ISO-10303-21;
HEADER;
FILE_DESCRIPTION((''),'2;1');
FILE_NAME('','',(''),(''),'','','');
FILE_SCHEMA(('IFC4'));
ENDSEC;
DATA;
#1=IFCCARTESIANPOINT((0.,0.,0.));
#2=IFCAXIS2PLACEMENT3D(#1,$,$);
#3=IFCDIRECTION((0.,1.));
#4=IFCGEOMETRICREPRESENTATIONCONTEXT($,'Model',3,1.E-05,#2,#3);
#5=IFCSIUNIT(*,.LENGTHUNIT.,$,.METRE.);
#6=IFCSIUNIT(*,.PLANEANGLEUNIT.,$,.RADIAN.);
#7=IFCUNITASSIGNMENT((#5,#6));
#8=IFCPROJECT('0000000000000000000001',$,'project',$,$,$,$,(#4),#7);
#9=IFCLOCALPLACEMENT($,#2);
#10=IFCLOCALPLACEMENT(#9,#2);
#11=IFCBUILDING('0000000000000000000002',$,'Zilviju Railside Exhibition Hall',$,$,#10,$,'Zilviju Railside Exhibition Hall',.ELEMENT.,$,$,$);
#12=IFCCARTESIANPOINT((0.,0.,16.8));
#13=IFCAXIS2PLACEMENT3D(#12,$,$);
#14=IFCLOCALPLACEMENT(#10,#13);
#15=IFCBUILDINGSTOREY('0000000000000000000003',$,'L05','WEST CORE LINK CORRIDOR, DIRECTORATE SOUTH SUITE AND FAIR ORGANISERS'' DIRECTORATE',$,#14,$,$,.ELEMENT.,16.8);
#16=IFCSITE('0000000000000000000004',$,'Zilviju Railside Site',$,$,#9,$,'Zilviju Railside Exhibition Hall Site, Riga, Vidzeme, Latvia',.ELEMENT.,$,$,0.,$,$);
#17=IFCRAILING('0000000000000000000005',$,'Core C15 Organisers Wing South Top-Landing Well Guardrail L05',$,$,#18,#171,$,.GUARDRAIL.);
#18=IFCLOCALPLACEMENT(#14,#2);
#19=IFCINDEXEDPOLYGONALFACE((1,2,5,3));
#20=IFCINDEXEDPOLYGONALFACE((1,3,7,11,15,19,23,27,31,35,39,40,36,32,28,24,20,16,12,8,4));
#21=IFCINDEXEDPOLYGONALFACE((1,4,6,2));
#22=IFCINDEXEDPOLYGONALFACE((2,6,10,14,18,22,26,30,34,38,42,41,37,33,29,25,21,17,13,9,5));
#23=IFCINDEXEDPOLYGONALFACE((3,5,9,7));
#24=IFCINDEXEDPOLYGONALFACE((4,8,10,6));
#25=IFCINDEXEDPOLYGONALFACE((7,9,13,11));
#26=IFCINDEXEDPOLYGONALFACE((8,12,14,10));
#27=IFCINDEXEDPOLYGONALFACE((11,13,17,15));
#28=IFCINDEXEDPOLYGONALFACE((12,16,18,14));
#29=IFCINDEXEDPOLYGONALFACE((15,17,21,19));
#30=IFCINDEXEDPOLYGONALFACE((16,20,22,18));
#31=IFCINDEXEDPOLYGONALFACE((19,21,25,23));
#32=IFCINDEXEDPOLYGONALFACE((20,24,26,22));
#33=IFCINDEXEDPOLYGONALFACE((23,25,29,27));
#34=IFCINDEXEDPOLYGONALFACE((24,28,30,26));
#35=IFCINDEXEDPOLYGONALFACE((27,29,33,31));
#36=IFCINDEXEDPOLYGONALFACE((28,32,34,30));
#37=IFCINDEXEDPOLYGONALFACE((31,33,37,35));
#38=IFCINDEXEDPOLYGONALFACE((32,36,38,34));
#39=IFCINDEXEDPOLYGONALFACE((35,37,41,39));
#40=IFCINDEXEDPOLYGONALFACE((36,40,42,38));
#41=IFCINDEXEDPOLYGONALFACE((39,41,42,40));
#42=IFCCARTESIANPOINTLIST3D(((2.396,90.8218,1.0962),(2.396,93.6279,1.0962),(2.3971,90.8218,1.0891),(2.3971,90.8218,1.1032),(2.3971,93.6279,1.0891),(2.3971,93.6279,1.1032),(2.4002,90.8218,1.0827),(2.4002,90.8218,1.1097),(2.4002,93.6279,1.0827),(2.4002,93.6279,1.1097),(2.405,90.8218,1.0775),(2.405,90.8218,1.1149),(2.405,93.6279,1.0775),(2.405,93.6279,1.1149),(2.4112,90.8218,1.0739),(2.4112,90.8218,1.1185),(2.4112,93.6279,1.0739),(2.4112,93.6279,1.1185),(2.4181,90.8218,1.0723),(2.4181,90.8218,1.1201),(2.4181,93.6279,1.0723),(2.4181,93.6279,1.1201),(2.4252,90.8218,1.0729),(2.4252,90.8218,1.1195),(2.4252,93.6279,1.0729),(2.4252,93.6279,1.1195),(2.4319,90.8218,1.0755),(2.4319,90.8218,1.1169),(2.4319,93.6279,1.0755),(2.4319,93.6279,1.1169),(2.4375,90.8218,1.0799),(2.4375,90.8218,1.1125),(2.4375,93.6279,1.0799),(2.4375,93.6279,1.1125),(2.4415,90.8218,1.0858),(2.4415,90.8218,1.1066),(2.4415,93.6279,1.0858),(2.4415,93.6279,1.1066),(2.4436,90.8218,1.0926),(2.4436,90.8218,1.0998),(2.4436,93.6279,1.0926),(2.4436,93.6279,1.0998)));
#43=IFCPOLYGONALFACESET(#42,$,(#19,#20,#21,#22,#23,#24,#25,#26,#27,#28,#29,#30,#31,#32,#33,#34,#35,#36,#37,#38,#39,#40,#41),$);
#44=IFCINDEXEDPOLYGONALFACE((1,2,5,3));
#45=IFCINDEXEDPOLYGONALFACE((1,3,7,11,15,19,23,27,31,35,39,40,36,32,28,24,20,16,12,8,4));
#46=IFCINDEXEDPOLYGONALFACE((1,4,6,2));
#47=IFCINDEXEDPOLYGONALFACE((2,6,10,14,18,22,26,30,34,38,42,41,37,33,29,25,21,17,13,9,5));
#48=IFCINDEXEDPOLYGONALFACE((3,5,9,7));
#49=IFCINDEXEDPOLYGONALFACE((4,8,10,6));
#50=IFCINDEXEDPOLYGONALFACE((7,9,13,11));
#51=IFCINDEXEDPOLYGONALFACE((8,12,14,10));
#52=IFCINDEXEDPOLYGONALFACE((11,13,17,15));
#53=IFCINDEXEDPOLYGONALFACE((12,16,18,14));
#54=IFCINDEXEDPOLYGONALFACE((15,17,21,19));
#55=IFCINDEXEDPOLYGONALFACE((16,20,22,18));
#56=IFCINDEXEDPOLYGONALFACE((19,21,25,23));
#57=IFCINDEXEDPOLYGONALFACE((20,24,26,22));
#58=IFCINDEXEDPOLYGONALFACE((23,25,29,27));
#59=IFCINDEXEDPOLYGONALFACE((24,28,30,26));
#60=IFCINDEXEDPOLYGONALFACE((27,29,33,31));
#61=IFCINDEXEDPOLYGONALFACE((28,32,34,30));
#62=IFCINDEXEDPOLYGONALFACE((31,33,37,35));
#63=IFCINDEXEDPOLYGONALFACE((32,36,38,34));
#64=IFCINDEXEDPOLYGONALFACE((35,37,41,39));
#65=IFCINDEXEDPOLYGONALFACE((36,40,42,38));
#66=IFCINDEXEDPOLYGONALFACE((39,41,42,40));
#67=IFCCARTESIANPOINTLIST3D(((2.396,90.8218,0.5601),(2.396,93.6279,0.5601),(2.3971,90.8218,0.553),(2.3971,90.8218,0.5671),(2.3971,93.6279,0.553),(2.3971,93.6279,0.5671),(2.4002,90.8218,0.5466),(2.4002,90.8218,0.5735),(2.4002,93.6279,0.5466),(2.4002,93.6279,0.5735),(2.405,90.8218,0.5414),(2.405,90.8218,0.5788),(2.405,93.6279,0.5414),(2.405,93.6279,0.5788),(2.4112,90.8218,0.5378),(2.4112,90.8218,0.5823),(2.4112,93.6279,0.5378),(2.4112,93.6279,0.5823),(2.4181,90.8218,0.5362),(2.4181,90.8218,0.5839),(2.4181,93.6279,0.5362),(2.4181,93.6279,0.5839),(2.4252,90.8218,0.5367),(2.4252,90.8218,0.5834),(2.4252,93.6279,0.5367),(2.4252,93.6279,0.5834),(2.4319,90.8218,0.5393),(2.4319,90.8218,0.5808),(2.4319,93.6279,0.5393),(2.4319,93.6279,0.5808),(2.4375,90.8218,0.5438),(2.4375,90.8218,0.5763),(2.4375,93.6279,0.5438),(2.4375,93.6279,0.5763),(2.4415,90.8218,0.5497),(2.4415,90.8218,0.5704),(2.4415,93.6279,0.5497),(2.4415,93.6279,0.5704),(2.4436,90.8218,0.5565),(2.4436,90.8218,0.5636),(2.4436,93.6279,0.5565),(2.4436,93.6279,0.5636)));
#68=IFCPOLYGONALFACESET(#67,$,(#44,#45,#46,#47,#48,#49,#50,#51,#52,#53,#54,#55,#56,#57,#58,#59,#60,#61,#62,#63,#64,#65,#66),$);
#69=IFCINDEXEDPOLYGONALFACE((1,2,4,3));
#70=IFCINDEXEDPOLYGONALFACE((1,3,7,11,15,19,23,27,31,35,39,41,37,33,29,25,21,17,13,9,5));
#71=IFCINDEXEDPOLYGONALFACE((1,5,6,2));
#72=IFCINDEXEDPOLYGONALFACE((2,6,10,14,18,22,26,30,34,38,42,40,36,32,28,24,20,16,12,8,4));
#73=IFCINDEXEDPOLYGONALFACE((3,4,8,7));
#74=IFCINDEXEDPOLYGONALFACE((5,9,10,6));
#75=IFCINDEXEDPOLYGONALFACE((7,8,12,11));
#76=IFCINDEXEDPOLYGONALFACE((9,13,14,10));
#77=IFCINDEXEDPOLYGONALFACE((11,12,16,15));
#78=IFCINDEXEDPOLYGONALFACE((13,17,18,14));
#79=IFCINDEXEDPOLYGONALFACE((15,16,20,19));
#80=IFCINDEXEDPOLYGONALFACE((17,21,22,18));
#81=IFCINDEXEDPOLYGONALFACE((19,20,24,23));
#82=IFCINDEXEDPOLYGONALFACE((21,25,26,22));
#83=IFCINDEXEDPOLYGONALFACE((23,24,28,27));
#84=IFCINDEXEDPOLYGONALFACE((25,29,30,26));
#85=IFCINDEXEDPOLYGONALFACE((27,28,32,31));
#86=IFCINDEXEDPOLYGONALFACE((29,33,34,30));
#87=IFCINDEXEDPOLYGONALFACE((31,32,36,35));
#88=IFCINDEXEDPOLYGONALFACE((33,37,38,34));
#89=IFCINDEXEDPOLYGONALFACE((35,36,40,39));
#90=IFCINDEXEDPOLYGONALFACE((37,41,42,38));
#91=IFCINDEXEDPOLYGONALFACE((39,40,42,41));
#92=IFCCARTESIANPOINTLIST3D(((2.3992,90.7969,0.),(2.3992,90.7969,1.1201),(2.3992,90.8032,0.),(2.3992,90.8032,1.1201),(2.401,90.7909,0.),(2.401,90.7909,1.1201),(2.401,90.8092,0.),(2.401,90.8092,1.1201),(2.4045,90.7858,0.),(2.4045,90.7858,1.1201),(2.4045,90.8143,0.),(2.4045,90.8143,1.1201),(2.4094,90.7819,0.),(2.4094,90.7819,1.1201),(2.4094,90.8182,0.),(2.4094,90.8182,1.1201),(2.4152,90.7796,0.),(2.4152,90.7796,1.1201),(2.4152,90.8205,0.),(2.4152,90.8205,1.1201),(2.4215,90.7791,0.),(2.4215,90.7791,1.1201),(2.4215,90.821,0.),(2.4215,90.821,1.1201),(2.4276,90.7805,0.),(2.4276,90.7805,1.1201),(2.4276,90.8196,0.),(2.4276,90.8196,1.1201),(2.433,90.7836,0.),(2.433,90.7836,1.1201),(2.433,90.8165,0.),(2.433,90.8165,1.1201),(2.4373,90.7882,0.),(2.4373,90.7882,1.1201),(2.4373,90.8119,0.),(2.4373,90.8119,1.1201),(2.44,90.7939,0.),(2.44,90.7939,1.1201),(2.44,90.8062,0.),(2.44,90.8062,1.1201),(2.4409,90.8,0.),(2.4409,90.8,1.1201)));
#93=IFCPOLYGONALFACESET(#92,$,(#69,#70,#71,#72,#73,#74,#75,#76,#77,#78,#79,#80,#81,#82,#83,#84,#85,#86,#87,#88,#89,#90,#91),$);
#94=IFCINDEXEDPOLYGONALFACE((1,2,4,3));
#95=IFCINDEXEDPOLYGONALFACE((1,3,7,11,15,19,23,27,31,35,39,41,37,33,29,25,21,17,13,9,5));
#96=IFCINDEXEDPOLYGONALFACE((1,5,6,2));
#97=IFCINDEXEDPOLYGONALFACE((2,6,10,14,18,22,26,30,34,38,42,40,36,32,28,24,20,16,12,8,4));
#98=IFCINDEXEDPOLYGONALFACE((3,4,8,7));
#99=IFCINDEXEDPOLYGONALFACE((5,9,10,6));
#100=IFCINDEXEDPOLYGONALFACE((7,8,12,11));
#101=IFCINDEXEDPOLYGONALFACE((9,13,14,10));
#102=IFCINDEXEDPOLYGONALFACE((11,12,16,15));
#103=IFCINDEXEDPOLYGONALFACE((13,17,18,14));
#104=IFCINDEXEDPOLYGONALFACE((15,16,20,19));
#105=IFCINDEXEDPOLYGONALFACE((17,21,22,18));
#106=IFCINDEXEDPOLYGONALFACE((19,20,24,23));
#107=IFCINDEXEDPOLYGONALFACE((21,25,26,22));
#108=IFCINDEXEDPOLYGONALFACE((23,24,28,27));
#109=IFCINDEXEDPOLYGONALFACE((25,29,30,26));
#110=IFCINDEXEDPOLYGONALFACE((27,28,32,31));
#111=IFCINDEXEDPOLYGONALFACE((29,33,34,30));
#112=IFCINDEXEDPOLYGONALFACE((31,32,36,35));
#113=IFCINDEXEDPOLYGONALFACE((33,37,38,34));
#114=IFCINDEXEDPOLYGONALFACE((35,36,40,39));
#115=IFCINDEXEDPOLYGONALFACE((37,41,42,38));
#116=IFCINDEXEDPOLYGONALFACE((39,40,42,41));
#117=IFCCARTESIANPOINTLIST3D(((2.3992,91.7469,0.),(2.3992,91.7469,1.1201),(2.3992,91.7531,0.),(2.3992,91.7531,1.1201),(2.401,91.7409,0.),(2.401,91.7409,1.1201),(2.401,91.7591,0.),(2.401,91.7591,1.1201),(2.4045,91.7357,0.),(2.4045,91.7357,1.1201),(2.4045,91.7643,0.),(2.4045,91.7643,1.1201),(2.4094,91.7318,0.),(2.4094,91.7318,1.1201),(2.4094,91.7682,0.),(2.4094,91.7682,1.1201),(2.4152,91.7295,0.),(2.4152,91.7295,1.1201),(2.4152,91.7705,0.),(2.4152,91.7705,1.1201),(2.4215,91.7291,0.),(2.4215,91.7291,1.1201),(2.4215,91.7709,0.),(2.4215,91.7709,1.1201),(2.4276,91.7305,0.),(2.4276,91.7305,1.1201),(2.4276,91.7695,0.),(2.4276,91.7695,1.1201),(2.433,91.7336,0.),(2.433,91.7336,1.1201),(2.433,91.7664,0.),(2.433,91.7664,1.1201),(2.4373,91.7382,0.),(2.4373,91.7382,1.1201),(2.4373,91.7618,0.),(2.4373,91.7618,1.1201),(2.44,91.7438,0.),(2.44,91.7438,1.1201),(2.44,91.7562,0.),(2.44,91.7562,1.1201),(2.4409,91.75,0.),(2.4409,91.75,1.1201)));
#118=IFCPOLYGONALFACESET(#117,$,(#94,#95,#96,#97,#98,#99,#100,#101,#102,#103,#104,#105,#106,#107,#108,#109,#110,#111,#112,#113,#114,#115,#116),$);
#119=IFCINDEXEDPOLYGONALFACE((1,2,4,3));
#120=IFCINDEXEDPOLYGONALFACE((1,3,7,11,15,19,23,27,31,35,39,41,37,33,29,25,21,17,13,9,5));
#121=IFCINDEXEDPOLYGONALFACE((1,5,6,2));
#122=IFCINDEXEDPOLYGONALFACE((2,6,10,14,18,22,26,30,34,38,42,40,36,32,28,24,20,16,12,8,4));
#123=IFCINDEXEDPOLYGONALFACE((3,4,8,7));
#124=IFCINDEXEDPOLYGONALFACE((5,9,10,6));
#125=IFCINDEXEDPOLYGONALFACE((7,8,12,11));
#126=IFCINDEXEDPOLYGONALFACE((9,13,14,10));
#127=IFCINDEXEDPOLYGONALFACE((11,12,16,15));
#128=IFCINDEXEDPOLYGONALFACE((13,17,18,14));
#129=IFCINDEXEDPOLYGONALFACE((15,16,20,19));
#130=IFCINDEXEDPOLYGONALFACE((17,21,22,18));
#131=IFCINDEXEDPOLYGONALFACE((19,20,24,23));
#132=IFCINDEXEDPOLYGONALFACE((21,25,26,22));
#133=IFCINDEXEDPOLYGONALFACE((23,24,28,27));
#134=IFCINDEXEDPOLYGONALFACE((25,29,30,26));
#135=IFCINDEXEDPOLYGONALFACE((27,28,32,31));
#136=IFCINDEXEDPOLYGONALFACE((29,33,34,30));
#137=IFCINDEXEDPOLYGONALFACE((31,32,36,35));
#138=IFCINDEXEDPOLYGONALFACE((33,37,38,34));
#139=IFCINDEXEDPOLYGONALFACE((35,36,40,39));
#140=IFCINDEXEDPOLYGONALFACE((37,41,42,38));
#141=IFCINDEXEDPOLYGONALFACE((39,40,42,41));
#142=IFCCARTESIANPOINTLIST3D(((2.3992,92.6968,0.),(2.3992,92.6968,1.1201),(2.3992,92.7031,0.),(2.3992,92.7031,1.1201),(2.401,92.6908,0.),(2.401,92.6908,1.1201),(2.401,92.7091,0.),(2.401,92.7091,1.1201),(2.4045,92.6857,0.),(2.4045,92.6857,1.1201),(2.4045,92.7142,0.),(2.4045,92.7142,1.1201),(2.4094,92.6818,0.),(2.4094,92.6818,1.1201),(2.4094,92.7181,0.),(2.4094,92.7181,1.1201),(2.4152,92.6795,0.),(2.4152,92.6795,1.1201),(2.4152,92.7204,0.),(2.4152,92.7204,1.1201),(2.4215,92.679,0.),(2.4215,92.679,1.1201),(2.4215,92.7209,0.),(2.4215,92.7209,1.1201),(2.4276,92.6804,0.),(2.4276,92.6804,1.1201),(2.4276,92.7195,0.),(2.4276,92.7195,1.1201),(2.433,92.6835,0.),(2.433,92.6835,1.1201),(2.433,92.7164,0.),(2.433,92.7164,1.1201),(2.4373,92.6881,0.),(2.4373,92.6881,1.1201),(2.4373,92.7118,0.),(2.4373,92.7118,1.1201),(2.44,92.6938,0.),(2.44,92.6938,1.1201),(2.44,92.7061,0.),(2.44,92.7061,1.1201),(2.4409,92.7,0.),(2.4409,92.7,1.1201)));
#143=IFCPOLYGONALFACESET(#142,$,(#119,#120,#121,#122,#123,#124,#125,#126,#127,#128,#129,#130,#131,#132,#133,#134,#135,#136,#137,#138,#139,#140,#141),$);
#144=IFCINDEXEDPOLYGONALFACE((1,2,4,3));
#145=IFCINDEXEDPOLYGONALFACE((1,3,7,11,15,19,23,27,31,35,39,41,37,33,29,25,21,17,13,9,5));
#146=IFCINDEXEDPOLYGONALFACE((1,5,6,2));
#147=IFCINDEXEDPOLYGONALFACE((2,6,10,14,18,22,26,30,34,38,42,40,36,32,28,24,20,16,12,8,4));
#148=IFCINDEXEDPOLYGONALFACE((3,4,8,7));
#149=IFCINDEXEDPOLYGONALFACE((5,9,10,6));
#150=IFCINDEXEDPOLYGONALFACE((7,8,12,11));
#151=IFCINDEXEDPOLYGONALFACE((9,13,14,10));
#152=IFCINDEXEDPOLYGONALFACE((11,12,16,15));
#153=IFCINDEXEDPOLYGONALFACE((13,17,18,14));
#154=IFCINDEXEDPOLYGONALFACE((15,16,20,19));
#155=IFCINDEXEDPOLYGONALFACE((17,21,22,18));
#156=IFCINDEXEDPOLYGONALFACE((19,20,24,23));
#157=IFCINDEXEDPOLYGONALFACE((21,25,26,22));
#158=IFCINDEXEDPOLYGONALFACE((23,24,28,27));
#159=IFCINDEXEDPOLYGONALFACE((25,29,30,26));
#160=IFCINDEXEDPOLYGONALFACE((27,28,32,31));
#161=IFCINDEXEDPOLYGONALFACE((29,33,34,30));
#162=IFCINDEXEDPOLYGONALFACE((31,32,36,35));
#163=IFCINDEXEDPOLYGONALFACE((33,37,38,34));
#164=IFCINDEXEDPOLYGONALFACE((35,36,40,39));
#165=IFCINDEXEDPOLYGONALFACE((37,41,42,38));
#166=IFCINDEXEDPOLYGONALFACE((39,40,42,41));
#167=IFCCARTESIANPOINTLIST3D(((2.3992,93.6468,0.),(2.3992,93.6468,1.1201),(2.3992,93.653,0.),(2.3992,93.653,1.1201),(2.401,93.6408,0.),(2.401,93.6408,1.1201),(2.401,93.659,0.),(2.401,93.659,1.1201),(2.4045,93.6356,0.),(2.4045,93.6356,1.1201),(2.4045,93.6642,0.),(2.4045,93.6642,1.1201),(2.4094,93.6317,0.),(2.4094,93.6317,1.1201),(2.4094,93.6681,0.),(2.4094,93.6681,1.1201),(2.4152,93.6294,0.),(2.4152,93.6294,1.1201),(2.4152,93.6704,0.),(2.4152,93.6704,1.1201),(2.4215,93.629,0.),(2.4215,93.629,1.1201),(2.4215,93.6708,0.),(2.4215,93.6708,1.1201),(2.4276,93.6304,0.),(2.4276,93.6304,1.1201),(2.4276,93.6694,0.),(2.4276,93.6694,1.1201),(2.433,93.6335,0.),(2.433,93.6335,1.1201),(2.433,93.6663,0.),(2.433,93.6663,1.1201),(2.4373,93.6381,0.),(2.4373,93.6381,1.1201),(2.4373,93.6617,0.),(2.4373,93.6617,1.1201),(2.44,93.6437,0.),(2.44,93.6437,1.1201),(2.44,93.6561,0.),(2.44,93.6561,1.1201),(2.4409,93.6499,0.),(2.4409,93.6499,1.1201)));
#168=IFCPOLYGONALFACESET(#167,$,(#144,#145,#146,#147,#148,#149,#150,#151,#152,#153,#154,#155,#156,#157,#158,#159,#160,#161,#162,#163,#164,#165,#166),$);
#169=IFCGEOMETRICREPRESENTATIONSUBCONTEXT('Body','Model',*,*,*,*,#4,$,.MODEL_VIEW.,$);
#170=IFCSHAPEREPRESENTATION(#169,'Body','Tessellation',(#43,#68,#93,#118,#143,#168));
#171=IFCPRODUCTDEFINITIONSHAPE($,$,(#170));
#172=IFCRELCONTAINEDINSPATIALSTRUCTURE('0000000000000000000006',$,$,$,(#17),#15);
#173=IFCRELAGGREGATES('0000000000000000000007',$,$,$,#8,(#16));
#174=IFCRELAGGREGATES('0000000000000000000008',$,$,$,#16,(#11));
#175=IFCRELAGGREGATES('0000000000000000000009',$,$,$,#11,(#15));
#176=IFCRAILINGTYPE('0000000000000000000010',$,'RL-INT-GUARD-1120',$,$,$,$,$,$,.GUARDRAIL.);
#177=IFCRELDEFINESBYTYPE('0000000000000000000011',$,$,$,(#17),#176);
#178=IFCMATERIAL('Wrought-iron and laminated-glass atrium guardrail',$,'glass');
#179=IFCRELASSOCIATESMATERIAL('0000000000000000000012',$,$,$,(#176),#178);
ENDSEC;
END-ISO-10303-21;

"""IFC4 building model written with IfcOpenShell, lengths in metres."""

from ifc_helpers import new_model, si_unit, direction, frame, origin, origin_2d, place, context, subcontext, project, spatial, circle, extrude, material, type_object, element, save


model = new_model("IFC4")

# Units and contexts
model_context = context("Model", 3, precision=1e-05, world=origin(), true_north=direction((0.0, 1.0)))
body_context = subcontext(model_context, "Body", "Model", "MODEL_VIEW")
ifc_project = project(units=[si_unit("LENGTHUNIT", "METRE"), si_unit("PLANEANGLEUNIT", "RADIAN")], contexts=[model_context])

# Site, building, storey
site_placement = place(None, origin())
site = spatial("IfcSite", under=ifc_project, at=site_placement, Name="Zilviju Railside Site", LongName="Zilviju Railside Exhibition Hall Site, Riga, Vidzeme, Latvia", CompositionType="ELEMENT", RefElevation=0.0)
building_placement = place(site_placement, origin())
building = spatial("IfcBuilding", under=site, at=building_placement, Name="Zilviju Railside Exhibition Hall", LongName="Zilviju Railside Exhibition Hall", CompositionType="ELEMENT")
storey_placement = place(building_placement, frame((0.0, 0.0, 16.8)))
storey = spatial("IfcBuildingStorey", under=building, at=storey_placement, Name="L05", Description="WEST CORE LINK CORRIDOR, DIRECTORATE SOUTH SUITE AND FAIR ORGANISERS' DIRECTORATE", CompositionType="ELEMENT", Elevation=16.8)

# Railing
ifc_material_1 = material(Name="Wrought-iron and laminated-glass atrium guardrail", Category="glass")
railing_type = type_object("IfcRailingType", Name="RL-INT-GUARD-1120", PredefinedType="GUARDRAIL", material=ifc_material_1)
railing_placement = place(storey_placement, frame((2.4199, 90.8, 0.0)))
element("IfcRailing", 1, at=railing_placement, inside=storey, type_object=railing_type, Name="Core C15 Organisers Wing South Top-Landing Well Guardrail L05", PredefinedType="GUARDRAIL", context=body_context, shape_type="SweptSolid", body=[
    extrude(circle(Radius=0.0239, at=origin_2d()), frame((0.0, 0.0217, 1.0962), z_axis=(0.0, 1.0, 0.0), x_axis=(-1.0, 0.0, 0.0)), (0.0, 0.0, 1.0), 2.8062),
    extrude(circle(Radius=0.0239, at=origin_2d()), frame((0.0, 0.0217, 0.5601), z_axis=(0.0, 1.0, 0.0), x_axis=(-1.0, 0.0, 0.0)), (0.0, 0.0, 1.0), 2.8062),
    extrude(circle(Radius=0.021, at=origin_2d()), origin(), (0.0, 0.0, 1.0), 1.1201),
    extrude(circle(Radius=0.021, at=origin_2d()), frame((0.0, 0.95, 0.0)), (0.0, 0.0, 1.0), 1.1201),
    extrude(circle(Radius=0.021, at=origin_2d()), frame((0.0, 1.8999, 0.0)), (0.0, 0.0, 1.0), 1.1201),
    extrude(circle(Radius=0.021, at=origin_2d()), frame((0.0, 2.8499, 0.0)), (0.0, 0.0, 1.0), 1.1201),
])

save(model, "model.ifc")
